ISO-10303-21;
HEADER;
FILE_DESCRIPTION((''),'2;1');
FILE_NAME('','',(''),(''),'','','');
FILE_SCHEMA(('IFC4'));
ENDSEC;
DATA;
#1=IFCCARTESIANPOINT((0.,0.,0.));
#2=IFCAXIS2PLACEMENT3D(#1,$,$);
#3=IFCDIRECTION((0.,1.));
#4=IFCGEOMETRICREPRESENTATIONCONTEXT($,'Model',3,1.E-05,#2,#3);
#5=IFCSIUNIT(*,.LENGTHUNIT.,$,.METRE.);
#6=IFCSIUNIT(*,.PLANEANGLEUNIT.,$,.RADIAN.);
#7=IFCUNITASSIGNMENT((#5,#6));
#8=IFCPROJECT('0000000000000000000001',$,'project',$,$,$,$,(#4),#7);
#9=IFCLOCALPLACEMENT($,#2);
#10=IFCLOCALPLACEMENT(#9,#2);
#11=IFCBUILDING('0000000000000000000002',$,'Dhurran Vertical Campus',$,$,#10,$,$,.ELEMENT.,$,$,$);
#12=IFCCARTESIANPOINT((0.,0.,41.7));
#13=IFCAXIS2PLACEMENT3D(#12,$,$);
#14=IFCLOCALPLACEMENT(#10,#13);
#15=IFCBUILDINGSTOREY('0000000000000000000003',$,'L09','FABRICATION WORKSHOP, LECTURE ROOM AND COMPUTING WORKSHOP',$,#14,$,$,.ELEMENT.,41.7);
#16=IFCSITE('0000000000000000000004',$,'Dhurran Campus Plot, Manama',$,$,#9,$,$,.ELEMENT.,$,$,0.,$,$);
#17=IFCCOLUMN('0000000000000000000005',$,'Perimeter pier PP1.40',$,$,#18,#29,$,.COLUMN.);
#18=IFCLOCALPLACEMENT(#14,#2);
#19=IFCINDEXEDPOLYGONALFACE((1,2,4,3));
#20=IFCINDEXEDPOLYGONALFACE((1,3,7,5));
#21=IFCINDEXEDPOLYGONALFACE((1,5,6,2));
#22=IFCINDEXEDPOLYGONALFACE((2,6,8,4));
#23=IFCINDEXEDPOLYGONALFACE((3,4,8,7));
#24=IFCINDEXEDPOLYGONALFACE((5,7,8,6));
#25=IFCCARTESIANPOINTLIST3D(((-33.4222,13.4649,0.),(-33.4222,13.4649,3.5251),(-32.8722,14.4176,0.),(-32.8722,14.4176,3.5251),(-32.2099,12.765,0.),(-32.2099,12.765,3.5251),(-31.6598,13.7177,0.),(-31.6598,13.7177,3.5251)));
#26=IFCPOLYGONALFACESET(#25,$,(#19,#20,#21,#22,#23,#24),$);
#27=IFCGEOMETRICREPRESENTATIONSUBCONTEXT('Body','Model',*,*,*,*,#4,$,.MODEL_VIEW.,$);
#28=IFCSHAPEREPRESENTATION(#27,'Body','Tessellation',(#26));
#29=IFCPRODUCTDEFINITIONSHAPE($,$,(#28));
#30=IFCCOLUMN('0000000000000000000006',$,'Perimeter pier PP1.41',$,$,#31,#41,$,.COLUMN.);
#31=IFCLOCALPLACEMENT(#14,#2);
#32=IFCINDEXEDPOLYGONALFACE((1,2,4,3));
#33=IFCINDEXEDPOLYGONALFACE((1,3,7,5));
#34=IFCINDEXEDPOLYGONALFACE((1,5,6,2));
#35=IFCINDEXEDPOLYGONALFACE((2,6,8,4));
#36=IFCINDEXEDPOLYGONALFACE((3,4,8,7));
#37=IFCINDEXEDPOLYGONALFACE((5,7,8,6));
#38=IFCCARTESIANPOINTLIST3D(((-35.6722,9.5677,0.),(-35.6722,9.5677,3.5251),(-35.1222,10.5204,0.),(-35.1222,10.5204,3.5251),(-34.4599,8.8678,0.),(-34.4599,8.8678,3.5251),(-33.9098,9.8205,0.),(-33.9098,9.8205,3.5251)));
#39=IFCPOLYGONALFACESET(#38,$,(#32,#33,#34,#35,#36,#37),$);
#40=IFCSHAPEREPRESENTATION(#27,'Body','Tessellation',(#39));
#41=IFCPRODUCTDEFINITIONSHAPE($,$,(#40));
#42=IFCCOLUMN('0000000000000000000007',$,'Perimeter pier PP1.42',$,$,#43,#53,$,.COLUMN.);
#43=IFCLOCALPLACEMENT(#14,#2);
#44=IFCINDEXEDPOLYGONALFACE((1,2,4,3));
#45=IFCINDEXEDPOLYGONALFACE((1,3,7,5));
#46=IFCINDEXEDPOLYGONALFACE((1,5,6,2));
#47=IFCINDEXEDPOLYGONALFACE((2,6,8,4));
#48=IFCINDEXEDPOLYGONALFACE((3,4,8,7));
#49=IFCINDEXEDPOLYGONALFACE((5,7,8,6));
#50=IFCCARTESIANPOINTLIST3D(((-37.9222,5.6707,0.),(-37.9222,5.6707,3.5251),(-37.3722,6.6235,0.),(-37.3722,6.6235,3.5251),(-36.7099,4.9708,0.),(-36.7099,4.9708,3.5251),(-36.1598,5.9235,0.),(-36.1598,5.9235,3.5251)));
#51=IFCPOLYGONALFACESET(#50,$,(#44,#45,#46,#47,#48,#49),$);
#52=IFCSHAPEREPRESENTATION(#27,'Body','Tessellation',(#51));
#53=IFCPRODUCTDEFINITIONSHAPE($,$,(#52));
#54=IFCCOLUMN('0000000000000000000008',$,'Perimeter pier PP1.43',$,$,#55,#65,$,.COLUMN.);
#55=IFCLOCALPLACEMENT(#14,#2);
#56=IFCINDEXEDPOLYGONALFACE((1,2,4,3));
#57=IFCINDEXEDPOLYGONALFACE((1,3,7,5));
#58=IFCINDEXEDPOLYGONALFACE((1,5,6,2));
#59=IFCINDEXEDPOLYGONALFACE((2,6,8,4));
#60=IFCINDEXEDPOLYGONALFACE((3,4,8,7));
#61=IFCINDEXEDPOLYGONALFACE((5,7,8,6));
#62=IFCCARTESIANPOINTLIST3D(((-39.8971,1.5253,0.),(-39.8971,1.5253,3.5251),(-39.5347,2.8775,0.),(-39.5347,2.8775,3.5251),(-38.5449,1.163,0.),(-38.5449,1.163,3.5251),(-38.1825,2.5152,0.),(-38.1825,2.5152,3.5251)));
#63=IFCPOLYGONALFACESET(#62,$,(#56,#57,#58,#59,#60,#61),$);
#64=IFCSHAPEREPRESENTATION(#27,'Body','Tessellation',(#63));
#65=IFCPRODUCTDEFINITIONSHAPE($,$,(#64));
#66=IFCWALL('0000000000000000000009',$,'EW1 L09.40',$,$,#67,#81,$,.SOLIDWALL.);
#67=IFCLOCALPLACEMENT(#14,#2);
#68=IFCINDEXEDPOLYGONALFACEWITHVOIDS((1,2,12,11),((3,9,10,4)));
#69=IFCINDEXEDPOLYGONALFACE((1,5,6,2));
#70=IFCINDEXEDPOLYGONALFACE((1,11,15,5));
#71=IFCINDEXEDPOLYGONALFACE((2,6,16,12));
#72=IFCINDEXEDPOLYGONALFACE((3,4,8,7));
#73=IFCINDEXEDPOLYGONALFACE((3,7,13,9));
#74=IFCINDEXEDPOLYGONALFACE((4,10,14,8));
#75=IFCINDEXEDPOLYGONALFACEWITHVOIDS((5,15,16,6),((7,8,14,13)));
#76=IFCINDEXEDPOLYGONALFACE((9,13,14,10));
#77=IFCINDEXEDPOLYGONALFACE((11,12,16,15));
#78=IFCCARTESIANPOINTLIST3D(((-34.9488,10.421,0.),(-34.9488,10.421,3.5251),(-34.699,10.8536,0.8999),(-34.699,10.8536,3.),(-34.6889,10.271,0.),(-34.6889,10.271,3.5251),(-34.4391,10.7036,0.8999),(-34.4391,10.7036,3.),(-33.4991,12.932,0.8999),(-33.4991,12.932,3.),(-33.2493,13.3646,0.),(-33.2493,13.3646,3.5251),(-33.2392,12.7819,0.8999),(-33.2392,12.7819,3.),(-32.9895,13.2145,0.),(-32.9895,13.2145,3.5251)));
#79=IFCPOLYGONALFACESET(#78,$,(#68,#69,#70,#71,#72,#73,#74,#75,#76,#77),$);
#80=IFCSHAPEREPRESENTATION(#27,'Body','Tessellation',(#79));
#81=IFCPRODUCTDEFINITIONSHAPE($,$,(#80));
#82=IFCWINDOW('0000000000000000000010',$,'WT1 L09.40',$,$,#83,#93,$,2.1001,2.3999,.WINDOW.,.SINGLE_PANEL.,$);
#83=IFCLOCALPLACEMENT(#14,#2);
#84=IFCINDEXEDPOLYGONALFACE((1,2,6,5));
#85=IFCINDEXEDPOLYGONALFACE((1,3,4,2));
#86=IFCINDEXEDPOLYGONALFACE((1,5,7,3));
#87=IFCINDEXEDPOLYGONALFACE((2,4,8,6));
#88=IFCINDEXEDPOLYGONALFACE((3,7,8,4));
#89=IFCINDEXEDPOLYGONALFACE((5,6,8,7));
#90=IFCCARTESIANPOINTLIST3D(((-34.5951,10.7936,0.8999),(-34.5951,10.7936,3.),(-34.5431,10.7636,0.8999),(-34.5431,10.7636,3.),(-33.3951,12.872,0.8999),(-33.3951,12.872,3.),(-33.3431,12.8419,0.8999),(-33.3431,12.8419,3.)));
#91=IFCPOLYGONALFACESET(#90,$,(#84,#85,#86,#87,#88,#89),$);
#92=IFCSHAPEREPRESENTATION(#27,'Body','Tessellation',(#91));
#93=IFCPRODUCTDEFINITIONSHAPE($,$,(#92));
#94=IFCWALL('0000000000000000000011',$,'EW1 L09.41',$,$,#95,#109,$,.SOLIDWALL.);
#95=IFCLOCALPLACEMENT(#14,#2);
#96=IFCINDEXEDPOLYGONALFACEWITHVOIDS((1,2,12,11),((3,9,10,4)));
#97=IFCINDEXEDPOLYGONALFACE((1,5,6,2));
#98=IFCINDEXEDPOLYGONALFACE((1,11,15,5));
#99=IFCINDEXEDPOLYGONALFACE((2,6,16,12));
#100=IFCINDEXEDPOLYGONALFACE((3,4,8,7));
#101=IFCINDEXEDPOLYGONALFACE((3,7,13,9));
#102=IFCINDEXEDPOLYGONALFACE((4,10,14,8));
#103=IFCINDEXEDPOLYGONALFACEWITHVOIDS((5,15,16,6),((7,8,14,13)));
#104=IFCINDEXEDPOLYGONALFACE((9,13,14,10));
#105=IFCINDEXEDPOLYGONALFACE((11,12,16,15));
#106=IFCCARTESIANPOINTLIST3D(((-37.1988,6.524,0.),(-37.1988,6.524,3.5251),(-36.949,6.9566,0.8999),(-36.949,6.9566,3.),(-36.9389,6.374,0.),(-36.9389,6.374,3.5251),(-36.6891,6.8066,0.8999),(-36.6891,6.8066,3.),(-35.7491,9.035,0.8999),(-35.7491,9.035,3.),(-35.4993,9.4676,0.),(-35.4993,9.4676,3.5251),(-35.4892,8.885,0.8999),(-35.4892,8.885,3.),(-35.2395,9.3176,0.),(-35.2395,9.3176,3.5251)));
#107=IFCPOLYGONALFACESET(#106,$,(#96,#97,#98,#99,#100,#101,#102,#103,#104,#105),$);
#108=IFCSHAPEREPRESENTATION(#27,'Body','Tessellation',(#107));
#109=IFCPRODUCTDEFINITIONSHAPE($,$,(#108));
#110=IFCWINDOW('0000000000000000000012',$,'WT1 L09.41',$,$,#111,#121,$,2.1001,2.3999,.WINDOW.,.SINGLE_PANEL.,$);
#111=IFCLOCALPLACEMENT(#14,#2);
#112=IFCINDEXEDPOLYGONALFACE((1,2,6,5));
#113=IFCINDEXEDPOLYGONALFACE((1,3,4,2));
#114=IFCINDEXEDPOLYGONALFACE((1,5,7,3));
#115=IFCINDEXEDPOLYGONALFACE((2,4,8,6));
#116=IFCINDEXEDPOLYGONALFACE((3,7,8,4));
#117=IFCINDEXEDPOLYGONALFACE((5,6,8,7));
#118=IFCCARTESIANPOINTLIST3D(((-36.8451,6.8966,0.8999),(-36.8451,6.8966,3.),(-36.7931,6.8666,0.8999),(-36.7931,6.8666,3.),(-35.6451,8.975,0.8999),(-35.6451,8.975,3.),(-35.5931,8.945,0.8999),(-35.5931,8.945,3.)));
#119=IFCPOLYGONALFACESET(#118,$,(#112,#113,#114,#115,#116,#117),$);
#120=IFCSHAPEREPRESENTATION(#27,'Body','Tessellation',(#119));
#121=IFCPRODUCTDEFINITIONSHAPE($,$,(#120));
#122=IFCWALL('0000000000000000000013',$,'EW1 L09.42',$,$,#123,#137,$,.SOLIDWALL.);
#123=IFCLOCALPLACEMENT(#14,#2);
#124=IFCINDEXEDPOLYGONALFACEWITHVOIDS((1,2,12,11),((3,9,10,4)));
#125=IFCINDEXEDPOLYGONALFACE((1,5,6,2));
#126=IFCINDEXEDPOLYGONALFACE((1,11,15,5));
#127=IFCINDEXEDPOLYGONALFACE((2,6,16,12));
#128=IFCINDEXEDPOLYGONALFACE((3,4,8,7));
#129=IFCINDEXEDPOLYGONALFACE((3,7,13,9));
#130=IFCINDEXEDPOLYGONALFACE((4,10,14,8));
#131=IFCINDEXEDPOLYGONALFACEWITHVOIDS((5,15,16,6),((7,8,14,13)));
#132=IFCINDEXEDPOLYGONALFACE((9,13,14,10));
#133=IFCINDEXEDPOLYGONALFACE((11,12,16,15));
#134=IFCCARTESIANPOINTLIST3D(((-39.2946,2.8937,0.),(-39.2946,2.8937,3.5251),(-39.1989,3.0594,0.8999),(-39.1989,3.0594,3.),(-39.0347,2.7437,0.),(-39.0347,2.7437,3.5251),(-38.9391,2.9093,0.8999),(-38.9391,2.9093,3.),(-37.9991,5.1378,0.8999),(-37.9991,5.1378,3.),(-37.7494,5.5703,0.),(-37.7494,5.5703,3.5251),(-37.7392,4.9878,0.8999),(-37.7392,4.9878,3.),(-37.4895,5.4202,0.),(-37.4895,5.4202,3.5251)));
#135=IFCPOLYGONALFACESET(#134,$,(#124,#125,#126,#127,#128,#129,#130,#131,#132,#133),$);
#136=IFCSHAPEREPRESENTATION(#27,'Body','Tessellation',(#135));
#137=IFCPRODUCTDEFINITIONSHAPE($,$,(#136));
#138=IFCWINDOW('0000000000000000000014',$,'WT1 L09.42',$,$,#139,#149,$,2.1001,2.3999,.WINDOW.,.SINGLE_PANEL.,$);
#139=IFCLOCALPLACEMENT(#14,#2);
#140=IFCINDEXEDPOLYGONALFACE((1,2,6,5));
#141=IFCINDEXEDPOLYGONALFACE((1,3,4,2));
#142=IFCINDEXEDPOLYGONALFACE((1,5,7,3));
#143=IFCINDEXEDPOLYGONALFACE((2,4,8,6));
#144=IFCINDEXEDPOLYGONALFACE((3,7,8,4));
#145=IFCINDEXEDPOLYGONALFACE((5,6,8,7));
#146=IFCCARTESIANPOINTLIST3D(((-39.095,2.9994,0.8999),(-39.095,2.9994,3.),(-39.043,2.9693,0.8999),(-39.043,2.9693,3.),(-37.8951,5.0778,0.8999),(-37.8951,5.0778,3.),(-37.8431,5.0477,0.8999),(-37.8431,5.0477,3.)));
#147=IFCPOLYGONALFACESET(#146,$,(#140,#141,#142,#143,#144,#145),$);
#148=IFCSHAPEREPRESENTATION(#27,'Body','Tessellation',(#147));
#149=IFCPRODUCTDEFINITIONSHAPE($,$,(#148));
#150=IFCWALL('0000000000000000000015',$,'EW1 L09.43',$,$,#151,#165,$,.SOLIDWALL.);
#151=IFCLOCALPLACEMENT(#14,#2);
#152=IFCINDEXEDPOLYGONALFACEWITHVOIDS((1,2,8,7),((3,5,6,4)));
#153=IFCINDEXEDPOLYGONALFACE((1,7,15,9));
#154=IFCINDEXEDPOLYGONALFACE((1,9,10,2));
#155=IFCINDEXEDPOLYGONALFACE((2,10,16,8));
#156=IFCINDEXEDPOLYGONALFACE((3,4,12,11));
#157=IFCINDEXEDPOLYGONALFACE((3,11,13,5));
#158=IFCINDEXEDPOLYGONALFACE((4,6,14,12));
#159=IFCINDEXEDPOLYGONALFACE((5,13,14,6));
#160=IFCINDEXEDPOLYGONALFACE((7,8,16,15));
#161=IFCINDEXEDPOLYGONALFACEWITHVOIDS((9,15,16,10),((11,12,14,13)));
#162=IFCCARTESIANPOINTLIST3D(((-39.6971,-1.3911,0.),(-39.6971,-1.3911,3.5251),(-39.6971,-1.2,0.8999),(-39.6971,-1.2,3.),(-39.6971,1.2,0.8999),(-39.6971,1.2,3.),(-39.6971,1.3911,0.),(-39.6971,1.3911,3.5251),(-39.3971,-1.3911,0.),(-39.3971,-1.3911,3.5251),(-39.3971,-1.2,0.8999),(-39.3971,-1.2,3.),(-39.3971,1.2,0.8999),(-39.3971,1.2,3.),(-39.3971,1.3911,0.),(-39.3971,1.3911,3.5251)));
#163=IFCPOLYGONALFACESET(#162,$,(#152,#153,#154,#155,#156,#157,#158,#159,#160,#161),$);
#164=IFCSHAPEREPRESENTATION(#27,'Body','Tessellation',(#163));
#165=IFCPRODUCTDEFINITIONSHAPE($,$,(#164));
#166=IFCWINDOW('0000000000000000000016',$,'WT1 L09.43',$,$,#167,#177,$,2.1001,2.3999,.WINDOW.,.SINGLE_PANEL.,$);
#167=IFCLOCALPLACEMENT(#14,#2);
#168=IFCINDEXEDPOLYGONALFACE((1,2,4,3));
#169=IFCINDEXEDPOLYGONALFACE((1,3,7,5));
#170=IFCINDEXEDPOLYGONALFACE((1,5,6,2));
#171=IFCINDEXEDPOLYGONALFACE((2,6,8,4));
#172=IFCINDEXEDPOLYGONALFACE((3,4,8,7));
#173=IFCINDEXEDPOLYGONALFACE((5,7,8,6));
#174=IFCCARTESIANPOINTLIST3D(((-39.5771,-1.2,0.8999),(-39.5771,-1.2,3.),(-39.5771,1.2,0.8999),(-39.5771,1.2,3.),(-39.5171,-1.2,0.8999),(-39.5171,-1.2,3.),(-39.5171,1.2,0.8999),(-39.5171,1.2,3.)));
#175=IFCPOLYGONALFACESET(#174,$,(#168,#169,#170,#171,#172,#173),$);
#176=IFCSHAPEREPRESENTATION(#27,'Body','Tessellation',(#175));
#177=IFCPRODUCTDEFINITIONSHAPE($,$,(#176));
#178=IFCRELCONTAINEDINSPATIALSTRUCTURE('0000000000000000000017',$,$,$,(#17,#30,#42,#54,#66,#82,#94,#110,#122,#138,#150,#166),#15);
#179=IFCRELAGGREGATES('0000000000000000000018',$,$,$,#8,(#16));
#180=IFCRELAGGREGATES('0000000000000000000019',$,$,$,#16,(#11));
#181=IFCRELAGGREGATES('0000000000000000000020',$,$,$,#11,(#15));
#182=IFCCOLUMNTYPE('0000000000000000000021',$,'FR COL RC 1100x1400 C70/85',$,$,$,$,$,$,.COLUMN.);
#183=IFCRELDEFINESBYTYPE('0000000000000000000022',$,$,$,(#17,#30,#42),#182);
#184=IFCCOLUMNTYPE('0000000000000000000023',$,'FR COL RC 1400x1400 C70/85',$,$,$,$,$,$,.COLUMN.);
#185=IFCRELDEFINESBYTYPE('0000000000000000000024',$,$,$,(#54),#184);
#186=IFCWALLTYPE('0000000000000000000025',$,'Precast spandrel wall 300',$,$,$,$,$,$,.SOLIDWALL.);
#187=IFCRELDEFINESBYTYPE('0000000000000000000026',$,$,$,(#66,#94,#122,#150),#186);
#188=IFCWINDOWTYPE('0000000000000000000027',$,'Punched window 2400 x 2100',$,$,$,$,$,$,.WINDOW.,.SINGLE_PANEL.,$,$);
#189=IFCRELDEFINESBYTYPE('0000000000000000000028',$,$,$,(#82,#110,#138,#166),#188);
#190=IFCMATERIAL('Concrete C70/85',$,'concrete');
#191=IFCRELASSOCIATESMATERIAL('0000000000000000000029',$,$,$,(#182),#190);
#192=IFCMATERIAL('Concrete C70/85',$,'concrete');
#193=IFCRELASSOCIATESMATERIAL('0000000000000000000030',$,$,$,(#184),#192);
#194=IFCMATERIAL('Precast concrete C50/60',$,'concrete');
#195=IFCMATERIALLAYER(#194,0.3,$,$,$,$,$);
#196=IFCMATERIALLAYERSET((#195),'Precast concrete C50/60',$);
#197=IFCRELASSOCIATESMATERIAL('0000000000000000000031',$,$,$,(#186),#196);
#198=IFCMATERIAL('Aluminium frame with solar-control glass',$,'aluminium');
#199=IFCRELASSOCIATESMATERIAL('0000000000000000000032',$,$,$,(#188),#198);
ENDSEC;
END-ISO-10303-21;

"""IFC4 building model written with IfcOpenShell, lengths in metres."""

from ifc_helpers import new_model, si_unit, direction, frame, frame_2d, origin, origin_2d, place, context, subcontext, project, spatial, rectangle, extrude, material, layer, layer_set, material_profile, profile_set, type_object, element, fill, save


model = new_model("IFC4")

# Units and contexts
model_context = context("Model", 3, precision=1e-05, world=origin(), true_north=direction((0.0, 1.0)))
body_context = subcontext(model_context, "Body", "Model", "MODEL_VIEW")
ifc_project = project(units=[si_unit("LENGTHUNIT", "METRE"), si_unit("PLANEANGLEUNIT", "RADIAN")], contexts=[model_context])

# Site, building, storey
site_placement = place(None, origin())
site = spatial("IfcSite", under=ifc_project, at=site_placement, Name="Dhurran Campus Plot, Manama", CompositionType="ELEMENT", RefElevation=0.0)
building_placement = place(site_placement, origin())
building = spatial("IfcBuilding", under=site, at=building_placement, Name="Dhurran Vertical Campus", CompositionType="ELEMENT")
storey_placement = place(building_placement, frame((0.0, 0.0, 41.7)))
storey = spatial("IfcBuildingStorey", under=building, at=storey_placement, Name="L09", Description="FABRICATION WORKSHOP, LECTURE ROOM AND COMPUTING WORKSHOP", CompositionType="ELEMENT", Elevation=41.7)

# Columns
ifc_material_1 = material(Name="Concrete C70/85", Category="concrete")
ifc_material_profile_1 = material_profile(ifc_material_1, rectangle(XDim=1.1001, YDim=1.3999, at=origin_2d()), Name="RC 1100x1400")
ifc_profile_set_1 = profile_set([ifc_material_profile_1], Name="Concrete C70/85")
column_type_1 = type_object("IfcColumnType", Name="FR COL RC 1100x1400 C70/85", PredefinedType="COLUMN", material=ifc_profile_set_1)
for number, where, z_axis, x_axis, name in (
    (1, (-32.541, 13.5913, 0.0), (0.0, 0.0, 1.0), (-0.5, -0.866025, 0.0), "Perimeter pier PP1.40"),
    (2, (-34.791, 9.6941, 0.0), (0.0, 0.0, 1.0), (-0.5, -0.866025, 0.0), "Perimeter pier PP1.41"),
    (3, (-37.041, 5.7971, 0.0), (0.0, 0.0, 1.0), (-0.5, -0.866025, 0.0), "Perimeter pier PP1.42"),
):
    element("IfcColumn", number, at=place(storey_placement, frame(where, z_axis=z_axis, x_axis=x_axis)), inside=storey, type_object=column_type_1, Name=name, PredefinedType="COLUMN", context=body_context, shape_type="SweptSolid", body=[
        extrude(rectangle(XDim=1.1001, YDim=1.3999, at=origin_2d()), origin(), (0.0, 0.0, 1.0), 3.5251),
    ])
ifc_material_2 = material(Name="Concrete C70/85", Category="concrete")
ifc_material_profile_2 = material_profile(ifc_material_2, rectangle(XDim=1.3999, YDim=1.3999, at=origin_2d()), Name="RC 1400x1400")
ifc_profile_set_2 = profile_set([ifc_material_profile_2], Name="Concrete C70/85")
column_type_2 = type_object("IfcColumnType", Name="FR COL RC 1400x1400 C70/85", PredefinedType="COLUMN", material=ifc_profile_set_2)
column_placement = place(storey_placement, frame((-39.0398, 2.0203, 0.0), z_axis=(0.0, 0.0, 1.0), x_axis=(-0.258819, -0.965926, 0.0)))
element("IfcColumn", 4, at=column_placement, inside=storey, type_object=column_type_2, Name="Perimeter pier PP1.43", PredefinedType="COLUMN", context=body_context, shape_type="SweptSolid", body=[
    extrude(rectangle(XDim=1.3999, YDim=1.3999, at=origin_2d()), origin(), (0.0, 0.0, 1.0), 3.5251),
])

# Walls, openings, windows
ifc_material_3 = material(Name="Precast concrete C50/60", Category="concrete")
ifc_layer_1 = layer(ifc_material_3, 0.3)
ifc_layer_set_1 = layer_set([ifc_layer_1], Name="Precast concrete C50/60")
wall_type_1 = type_object("IfcWallType", Name="Precast spandrel wall 300", PredefinedType="SOLIDWALL", material=ifc_layer_set_1)
wall_1_placement = place(storey_placement, frame((-33.1194, 13.2896, 0.0), z_axis=(0.0, 0.0, 1.0), x_axis=(-0.499994, -0.866029, 0.0)))
wall_1 = element("IfcWall", 5, at=wall_1_placement, inside=storey, type_object=wall_type_1, Name="EW1 L09.40", PredefinedType="SOLIDWALL", context=body_context, shape_type="SweptSolid", body=[
    extrude(rectangle(XDim=3.3989, YDim=0.3, at=frame_2d((1.6995, 0.0))), origin(), (0.0, 0.0, 1.0), 3.5251),
])
opening_1_placement = place(wall_1_placement, frame((0.4995, 0.0, 0.8999)))
opening_1 = element("IfcOpeningElement", 6, at=opening_1_placement, cuts=wall_1, PredefinedType="OPENING", context=body_context, shape_type="SweptSolid", body=[
    extrude(rectangle(XDim=2.3999, YDim=2.1001, at=frame_2d((1.2, 1.05))), frame((0.0, 0.1599, 0.0), z_axis=(0.0, -1.0, 0.0), x_axis=(1.0, 0.0, 0.0)), (0.0, 0.0, 1.0), 0.3201),
])
ifc_material_4 = material(Name="Aluminium frame with solar-control glass", Category="aluminium")
window_type = type_object("IfcWindowType", Name="Punched window 2400 x 2100", PartitioningType="SINGLE_PANEL", PredefinedType="WINDOW", material=ifc_material_4)
window_1_placement = place(opening_1_placement, origin())
window_1 = element("IfcWindow", 7, at=window_1_placement, inside=storey, type_object=window_type, Name="WT1 L09.40", OverallHeight=2.1001, OverallWidth=2.3999, PartitioningType="SINGLE_PANEL", PredefinedType="WINDOW", context=body_context, shape_type="SweptSolid", body=[
    extrude(rectangle(XDim=2.3999, YDim=2.1001, at=frame_2d((1.2, 1.05))), frame((0.0, 0.03, 0.0), z_axis=(0.0, -1.0, 0.0), x_axis=(1.0, 0.0, 0.0)), (0.0, 0.0, 1.0), 0.0601),
])
fill(opening_1, window_1)
wall_2_placement = place(storey_placement, frame((-35.3694, 9.3926, 0.0), z_axis=(0.0, 0.0, 1.0), x_axis=(-0.499994, -0.866029, 0.0)))
wall_2 = element("IfcWall", 8, at=wall_2_placement, inside=storey, type_object=wall_type_1, Name="EW1 L09.41", PredefinedType="SOLIDWALL", context=body_context, shape_type="SweptSolid", body=[
    extrude(rectangle(XDim=3.3989, YDim=0.3, at=frame_2d((1.6995, 0.0))), origin(), (0.0, 0.0, 1.0), 3.5251),
])
opening_2_placement = place(wall_2_placement, frame((0.4995, 0.0, 0.8999)))
opening_2 = element("IfcOpeningElement", 9, at=opening_2_placement, cuts=wall_2, PredefinedType="OPENING", context=body_context, shape_type="SweptSolid", body=[
    extrude(rectangle(XDim=2.3999, YDim=2.1001, at=frame_2d((1.2, 1.05))), frame((0.0, 0.1599, 0.0), z_axis=(0.0, -1.0, 0.0), x_axis=(1.0, 0.0, 0.0)), (0.0, 0.0, 1.0), 0.3201),
])
window_2_placement = place(opening_2_placement, origin())
window_2 = element("IfcWindow", 10, at=window_2_placement, inside=storey, type_object=window_type, Name="WT1 L09.41", OverallHeight=2.1001, OverallWidth=2.3999, PartitioningType="SINGLE_PANEL", PredefinedType="WINDOW", context=body_context, shape_type="SweptSolid", body=[
    extrude(rectangle(XDim=2.3999, YDim=2.1001, at=frame_2d((1.2, 1.05))), frame((0.0, 0.03, 0.0), z_axis=(0.0, -1.0, 0.0), x_axis=(1.0, 0.0, 0.0)), (0.0, 0.0, 1.0), 0.0601),
])
fill(opening_2, window_2)
wall_3_placement = place(storey_placement, frame((-37.6194, 5.4954, 0.0), z_axis=(0.0, 0.0, 1.0), x_axis=(-0.499971, -0.866042, 0.0)))
wall_3 = element("IfcWall", 11, at=wall_3_placement, inside=storey, type_object=wall_type_1, Name="EW1 L09.42", PredefinedType="SOLIDWALL", context=body_context, shape_type="SweptSolid", body=[
    extrude(rectangle(XDim=3.0906, YDim=0.3, at=frame_2d((1.5454, 0.0))), origin(), (0.0, 0.0, 1.0), 3.5251),
])
opening_3_placement = place(wall_3_placement, frame((0.4995, 0.0, 0.8999)))
opening_3 = element("IfcOpeningElement", 12, at=opening_3_placement, cuts=wall_3, PredefinedType="OPENING", context=body_context, shape_type="SweptSolid", body=[
    extrude(rectangle(XDim=2.3999, YDim=2.1001, at=frame_2d((1.2, 1.05))), frame((0.0, 0.1599, 0.0), z_axis=(0.0, -1.0, 0.0), x_axis=(1.0, 0.0, 0.0)), (0.0, 0.0, 1.0), 0.3201),
])
window_3_placement = place(opening_3_placement, origin())
window_3 = element("IfcWindow", 13, at=window_3_placement, inside=storey, type_object=window_type, Name="WT1 L09.42", OverallHeight=2.1001, OverallWidth=2.3999, PartitioningType="SINGLE_PANEL", PredefinedType="WINDOW", context=body_context, shape_type="SweptSolid", body=[
    extrude(rectangle(XDim=2.3999, YDim=2.1001, at=frame_2d((1.2, 1.05))), frame((0.0, 0.03, 0.0), z_axis=(0.0, -1.0, 0.0), x_axis=(1.0, 0.0, 0.0)), (0.0, 0.0, 1.0), 0.0601),
])
fill(opening_3, window_3)
wall_4_placement = place(storey_placement, frame((-39.5471, 1.3911, 0.0), z_axis=(0.0, 0.0, 1.0), x_axis=(0.0, -1.0, 0.0)))
wall_4 = element("IfcWall", 14, at=wall_4_placement, inside=storey, type_object=wall_type_1, Name="EW1 L09.43", PredefinedType="SOLIDWALL", context=body_context, shape_type="SweptSolid", body=[
    extrude(rectangle(XDim=2.7822, YDim=0.3, at=frame_2d((1.3911, 0.0))), origin(), (0.0, 0.0, 1.0), 3.5251),
])
opening_4_placement = place(wall_4_placement, frame((0.1912, 0.0, 0.8999)))
opening_4 = element("IfcOpeningElement", 15, at=opening_4_placement, cuts=wall_4, PredefinedType="OPENING", context=body_context, shape_type="SweptSolid", body=[
    extrude(rectangle(XDim=2.3999, YDim=2.1001, at=frame_2d((1.2, 1.05))), frame((0.0, 0.1599, 0.0), z_axis=(0.0, -1.0, 0.0), x_axis=(1.0, 0.0, 0.0)), (0.0, 0.0, 1.0), 0.3201),
])
window_4_placement = place(opening_4_placement, origin())
window_4 = element("IfcWindow", 16, at=window_4_placement, inside=storey, type_object=window_type, Name="WT1 L09.43", OverallHeight=2.1001, OverallWidth=2.3999, PartitioningType="SINGLE_PANEL", PredefinedType="WINDOW", context=body_context, shape_type="SweptSolid", body=[
    extrude(rectangle(XDim=2.3999, YDim=2.1001, at=frame_2d((1.2, 1.05))), frame((0.0, 0.03, 0.0), z_axis=(0.0, -1.0, 0.0), x_axis=(1.0, 0.0, 0.0)), (0.0, 0.0, 1.0), 0.0601),
])
fill(opening_4, window_4)

save(model, "model.ifc")
